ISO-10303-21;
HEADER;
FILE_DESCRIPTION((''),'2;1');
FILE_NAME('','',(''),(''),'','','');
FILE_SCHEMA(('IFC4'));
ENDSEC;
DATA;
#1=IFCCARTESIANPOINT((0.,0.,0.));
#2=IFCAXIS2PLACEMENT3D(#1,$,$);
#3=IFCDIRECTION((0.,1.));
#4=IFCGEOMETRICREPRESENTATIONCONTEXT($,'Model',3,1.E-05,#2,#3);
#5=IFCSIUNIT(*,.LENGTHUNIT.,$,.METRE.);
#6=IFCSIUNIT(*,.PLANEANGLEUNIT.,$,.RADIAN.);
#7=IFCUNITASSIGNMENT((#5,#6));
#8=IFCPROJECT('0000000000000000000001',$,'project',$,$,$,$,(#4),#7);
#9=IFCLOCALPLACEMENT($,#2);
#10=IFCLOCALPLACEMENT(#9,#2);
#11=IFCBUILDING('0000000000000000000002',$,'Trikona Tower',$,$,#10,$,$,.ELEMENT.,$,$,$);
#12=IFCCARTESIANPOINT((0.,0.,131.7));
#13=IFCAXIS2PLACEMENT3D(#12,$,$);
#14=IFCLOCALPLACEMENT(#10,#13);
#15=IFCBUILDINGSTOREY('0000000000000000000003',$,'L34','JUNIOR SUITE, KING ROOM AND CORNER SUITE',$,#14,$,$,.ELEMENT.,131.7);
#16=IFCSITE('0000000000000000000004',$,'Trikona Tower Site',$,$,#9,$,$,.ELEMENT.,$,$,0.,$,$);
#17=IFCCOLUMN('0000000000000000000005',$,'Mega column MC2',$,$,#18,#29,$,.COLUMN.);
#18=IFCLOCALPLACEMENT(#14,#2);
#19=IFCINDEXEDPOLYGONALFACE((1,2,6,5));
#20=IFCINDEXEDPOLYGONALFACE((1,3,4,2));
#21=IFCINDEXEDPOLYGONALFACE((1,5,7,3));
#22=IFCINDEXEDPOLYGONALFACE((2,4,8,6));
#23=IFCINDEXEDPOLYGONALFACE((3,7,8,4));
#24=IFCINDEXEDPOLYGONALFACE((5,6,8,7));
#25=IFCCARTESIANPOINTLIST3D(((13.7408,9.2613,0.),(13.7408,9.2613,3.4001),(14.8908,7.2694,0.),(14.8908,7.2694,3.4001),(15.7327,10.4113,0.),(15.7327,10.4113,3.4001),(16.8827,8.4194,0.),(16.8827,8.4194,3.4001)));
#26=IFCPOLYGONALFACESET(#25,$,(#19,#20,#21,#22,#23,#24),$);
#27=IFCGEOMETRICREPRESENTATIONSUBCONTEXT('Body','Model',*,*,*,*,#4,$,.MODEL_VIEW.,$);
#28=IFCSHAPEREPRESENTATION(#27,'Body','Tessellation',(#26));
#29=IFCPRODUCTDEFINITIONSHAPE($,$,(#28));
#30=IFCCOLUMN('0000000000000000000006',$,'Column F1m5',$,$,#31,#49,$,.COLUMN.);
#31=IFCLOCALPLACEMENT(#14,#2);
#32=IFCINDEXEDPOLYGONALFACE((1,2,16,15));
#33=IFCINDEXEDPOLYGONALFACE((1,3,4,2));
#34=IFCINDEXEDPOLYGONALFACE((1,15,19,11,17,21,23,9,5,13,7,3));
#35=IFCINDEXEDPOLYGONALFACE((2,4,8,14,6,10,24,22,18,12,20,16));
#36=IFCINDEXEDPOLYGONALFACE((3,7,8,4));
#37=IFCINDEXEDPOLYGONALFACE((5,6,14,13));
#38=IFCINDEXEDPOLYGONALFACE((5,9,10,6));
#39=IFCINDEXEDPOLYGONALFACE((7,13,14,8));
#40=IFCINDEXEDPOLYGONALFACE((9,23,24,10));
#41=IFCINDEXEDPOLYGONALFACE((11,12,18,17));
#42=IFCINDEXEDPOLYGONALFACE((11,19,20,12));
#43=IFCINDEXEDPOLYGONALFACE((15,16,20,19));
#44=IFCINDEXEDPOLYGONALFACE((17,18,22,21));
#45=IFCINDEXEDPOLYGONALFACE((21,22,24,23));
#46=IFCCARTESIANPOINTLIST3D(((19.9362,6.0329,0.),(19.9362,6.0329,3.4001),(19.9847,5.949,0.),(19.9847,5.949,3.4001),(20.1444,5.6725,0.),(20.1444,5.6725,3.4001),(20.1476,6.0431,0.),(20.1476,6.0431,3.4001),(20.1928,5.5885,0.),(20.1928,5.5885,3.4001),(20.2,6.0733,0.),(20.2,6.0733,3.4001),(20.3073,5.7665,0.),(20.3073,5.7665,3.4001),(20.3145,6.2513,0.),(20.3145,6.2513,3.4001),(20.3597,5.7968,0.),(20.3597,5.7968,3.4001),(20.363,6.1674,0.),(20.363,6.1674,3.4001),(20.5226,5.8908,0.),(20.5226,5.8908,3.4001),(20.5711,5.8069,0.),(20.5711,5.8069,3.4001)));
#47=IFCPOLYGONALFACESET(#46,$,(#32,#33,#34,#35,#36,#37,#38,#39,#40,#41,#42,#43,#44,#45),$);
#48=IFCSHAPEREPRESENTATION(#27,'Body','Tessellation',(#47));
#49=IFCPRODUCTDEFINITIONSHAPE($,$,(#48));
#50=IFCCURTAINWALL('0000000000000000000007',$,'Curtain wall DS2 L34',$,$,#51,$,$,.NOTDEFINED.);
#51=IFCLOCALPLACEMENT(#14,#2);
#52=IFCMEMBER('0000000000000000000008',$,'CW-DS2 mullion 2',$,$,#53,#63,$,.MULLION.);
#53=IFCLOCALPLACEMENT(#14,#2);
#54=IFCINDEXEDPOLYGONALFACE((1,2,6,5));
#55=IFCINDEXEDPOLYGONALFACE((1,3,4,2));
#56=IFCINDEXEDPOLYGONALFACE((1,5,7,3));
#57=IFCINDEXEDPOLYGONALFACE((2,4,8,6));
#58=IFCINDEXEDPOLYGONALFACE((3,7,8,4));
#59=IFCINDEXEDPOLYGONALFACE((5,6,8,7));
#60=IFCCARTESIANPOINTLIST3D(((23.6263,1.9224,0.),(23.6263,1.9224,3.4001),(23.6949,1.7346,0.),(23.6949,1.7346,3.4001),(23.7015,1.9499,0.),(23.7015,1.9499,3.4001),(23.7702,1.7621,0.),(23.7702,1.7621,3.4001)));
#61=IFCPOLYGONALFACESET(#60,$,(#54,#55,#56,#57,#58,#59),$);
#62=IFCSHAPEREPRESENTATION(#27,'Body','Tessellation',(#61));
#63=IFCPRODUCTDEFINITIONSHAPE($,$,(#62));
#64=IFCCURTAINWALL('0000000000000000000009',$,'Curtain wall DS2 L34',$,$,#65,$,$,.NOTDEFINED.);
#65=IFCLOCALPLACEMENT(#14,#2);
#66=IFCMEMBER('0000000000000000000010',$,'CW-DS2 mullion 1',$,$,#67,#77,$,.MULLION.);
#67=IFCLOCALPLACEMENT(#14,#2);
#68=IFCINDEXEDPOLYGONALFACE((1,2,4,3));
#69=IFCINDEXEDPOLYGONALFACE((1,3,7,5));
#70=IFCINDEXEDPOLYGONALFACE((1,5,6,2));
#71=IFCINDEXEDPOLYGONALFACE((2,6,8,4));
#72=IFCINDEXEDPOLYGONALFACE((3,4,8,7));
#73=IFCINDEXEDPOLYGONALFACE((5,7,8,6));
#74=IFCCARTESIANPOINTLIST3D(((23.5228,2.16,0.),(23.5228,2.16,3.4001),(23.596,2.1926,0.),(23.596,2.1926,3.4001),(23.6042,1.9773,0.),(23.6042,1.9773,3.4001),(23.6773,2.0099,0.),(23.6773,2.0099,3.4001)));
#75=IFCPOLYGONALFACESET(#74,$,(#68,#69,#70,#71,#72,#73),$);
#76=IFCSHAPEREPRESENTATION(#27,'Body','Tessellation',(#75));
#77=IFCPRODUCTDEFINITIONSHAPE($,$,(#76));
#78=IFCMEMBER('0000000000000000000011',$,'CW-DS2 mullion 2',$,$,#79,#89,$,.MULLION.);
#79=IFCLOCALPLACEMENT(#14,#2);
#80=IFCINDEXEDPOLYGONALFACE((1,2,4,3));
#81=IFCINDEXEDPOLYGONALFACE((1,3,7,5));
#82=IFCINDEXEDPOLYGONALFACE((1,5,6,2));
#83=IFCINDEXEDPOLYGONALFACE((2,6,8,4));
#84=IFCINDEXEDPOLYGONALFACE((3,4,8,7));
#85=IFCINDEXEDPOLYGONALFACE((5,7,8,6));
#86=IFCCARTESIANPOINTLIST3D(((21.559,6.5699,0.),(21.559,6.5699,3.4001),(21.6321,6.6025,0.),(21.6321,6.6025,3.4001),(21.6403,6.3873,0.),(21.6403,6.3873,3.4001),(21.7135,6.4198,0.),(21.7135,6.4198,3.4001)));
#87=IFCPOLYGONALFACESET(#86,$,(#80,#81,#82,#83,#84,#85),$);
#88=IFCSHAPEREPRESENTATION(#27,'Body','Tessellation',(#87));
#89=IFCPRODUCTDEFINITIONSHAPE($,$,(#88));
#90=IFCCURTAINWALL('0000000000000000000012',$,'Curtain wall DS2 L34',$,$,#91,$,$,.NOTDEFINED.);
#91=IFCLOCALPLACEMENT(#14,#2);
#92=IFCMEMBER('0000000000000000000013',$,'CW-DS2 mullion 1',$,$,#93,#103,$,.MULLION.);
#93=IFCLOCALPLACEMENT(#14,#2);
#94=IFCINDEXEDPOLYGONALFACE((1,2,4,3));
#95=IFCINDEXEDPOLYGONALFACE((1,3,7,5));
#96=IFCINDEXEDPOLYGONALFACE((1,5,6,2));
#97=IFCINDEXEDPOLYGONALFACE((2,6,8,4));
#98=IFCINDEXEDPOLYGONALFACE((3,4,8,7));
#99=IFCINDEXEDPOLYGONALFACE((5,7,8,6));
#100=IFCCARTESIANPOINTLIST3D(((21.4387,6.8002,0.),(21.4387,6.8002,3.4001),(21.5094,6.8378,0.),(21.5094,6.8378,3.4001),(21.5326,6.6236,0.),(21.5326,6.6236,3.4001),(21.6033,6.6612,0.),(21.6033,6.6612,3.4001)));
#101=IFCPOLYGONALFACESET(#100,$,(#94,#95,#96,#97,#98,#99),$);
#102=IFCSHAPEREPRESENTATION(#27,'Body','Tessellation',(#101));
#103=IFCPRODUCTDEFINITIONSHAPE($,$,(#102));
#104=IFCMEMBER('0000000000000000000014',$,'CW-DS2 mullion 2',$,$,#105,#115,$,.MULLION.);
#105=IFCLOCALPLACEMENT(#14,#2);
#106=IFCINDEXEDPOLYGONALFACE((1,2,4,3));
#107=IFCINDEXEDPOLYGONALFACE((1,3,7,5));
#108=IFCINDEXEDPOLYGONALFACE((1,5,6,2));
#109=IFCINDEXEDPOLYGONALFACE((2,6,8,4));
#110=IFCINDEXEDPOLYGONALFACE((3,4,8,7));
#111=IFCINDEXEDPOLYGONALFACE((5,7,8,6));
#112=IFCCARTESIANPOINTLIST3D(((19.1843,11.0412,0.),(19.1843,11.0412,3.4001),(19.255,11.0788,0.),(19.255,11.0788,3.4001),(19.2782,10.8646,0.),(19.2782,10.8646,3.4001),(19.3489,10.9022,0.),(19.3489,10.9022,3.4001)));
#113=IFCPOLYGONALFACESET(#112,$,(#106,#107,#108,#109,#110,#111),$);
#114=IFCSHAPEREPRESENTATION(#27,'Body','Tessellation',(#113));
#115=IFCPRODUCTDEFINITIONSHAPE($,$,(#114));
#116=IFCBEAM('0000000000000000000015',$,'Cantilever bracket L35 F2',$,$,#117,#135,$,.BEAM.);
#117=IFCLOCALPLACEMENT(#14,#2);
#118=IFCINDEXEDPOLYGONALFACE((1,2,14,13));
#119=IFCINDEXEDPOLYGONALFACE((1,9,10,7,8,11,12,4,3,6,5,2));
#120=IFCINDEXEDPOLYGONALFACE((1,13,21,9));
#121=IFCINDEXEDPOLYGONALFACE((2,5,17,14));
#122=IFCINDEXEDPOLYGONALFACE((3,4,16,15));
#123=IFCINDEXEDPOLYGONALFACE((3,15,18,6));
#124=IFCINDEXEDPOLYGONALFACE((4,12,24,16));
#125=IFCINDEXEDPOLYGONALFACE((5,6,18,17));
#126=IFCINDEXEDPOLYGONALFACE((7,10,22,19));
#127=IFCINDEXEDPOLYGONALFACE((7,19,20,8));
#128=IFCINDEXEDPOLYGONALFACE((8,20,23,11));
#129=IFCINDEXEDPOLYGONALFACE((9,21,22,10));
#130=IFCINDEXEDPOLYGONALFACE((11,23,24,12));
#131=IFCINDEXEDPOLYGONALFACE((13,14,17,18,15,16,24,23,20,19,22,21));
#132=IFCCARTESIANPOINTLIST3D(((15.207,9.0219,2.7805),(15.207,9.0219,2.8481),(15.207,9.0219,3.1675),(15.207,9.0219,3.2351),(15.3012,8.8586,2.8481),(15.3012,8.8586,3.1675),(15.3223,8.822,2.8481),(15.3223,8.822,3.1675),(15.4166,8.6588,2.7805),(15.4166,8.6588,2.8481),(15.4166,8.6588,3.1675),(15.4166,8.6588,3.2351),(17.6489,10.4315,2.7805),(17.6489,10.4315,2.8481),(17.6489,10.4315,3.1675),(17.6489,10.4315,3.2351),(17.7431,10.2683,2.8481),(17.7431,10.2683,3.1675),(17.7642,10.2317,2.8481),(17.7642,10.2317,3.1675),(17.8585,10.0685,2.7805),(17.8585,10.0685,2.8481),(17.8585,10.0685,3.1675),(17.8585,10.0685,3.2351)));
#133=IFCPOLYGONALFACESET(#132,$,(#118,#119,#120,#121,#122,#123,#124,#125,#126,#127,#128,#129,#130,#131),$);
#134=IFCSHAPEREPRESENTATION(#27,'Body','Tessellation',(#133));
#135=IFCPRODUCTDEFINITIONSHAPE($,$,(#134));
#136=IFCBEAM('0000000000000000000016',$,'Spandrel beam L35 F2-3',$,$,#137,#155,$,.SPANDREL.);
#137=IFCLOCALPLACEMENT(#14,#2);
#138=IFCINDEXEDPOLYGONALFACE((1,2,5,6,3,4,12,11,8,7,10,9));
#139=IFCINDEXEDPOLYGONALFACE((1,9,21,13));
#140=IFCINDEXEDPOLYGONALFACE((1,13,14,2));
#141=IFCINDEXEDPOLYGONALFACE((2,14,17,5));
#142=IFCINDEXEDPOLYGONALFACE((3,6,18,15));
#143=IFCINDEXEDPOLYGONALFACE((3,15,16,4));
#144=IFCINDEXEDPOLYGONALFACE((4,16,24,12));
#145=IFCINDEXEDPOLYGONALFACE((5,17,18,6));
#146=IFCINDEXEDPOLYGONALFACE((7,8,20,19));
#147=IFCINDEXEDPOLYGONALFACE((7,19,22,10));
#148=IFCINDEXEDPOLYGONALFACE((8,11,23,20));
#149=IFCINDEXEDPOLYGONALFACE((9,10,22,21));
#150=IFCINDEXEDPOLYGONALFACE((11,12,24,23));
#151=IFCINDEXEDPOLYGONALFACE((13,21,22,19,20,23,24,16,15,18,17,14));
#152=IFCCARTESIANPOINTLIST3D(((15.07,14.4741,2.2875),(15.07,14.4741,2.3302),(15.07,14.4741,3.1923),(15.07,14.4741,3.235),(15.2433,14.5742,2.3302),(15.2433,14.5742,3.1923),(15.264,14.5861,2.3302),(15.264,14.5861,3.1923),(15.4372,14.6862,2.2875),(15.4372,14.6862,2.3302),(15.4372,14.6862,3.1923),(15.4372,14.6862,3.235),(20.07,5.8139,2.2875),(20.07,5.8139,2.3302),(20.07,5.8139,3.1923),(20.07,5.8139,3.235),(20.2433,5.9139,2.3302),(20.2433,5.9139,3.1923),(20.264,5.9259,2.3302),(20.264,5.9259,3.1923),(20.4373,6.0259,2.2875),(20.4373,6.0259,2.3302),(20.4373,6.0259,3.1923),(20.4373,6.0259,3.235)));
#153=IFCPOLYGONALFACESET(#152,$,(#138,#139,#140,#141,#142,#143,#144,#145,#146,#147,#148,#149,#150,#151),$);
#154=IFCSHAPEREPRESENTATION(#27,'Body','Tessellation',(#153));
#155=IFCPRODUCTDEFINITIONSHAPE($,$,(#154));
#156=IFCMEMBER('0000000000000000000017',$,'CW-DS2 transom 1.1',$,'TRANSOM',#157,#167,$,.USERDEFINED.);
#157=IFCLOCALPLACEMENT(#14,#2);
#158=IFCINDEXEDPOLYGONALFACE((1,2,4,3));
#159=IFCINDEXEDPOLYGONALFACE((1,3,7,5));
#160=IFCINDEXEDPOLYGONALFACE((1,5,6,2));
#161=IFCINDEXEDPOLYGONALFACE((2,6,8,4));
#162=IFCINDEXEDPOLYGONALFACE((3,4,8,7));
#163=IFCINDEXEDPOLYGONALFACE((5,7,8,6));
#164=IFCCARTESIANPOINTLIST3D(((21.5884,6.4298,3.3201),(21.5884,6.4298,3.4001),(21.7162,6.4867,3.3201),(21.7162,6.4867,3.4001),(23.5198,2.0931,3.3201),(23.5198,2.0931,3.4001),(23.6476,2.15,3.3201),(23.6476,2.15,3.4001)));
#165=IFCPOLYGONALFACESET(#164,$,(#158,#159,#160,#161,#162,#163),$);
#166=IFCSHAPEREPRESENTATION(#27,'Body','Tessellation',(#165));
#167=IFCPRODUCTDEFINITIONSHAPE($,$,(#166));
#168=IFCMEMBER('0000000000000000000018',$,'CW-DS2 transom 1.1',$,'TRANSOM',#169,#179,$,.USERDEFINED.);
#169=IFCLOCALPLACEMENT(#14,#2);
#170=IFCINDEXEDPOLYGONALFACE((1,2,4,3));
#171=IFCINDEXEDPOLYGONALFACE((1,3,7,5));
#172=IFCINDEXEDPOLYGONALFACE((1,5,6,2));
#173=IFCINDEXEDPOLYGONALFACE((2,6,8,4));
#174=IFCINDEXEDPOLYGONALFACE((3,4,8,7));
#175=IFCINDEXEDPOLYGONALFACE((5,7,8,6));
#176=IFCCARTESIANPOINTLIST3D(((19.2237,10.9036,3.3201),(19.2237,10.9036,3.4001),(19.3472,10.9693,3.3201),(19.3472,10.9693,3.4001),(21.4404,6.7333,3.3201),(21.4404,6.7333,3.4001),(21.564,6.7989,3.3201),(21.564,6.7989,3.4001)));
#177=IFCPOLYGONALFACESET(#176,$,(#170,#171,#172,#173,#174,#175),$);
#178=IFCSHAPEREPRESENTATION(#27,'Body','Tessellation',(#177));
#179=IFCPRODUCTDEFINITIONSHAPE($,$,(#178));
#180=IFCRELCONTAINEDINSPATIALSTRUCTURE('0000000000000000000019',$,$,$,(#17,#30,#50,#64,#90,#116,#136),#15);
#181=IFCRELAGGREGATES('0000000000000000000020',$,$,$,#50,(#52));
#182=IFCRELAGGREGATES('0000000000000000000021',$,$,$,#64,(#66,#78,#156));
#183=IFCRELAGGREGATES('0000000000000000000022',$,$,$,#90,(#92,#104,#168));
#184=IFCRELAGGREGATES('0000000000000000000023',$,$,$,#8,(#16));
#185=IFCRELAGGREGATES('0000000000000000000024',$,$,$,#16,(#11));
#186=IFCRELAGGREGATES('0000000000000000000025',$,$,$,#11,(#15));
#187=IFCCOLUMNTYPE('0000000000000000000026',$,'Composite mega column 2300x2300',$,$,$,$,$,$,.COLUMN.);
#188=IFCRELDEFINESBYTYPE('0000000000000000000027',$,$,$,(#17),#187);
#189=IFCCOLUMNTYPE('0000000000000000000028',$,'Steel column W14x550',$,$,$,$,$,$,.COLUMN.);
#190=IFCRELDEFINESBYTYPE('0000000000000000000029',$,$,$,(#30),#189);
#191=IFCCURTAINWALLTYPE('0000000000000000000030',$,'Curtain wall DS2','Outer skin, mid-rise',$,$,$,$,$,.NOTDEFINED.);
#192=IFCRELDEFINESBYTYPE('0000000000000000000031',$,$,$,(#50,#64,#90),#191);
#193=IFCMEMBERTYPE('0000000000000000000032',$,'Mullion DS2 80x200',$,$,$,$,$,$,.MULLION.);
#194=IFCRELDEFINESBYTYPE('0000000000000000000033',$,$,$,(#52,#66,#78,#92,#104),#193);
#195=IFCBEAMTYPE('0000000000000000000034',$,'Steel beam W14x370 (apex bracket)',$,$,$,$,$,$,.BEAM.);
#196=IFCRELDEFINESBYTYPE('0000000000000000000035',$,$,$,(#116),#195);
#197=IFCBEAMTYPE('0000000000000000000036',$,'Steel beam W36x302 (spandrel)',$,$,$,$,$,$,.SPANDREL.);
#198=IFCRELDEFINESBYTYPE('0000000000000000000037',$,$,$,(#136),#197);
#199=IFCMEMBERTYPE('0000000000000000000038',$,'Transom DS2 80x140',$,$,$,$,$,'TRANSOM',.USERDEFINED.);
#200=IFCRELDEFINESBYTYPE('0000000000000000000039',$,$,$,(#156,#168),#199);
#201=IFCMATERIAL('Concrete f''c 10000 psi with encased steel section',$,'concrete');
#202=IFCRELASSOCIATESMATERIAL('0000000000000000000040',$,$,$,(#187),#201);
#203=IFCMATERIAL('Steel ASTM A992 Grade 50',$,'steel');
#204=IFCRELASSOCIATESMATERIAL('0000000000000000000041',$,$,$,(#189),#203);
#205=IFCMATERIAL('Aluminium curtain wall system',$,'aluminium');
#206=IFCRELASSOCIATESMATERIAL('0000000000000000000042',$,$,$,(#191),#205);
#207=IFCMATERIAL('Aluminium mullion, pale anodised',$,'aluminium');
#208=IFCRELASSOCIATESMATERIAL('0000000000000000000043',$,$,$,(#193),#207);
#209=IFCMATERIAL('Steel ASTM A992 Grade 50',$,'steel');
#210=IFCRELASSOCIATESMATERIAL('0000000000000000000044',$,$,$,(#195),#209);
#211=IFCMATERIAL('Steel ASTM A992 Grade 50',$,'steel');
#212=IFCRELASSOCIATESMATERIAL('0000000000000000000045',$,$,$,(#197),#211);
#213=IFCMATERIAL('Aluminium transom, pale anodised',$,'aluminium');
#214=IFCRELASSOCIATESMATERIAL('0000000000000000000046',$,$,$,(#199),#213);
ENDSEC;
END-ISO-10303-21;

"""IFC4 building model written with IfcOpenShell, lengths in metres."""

from ifc_helpers import new_model, si_unit, direction, frame, origin, origin_2d, place, context, subcontext, project, spatial, rectangle, i_section, extrude, material, material_profile, profile_set, type_object, element, aggregate, save


model = new_model("IFC4")

# Units and contexts
model_context = context("Model", 3, precision=1e-05, world=origin(), true_north=direction((0.0, 1.0)))
body_context = subcontext(model_context, "Body", "Model", "MODEL_VIEW")
ifc_project = project(units=[si_unit("LENGTHUNIT", "METRE"), si_unit("PLANEANGLEUNIT", "RADIAN")], contexts=[model_context])

# Site, building, storey
site_placement = place(None, origin())
site = spatial("IfcSite", under=ifc_project, at=site_placement, Name="Trikona Tower Site", CompositionType="ELEMENT", RefElevation=0.0)
building_placement = place(site_placement, origin())
building = spatial("IfcBuilding", under=site, at=building_placement, Name="Trikona Tower", CompositionType="ELEMENT")
storey_placement = place(building_placement, frame((0.0, 0.0, 131.7)))
storey = spatial("IfcBuildingStorey", under=building, at=storey_placement, Name="L34", Description="JUNIOR SUITE, KING ROOM AND CORNER SUITE", CompositionType="ELEMENT", Elevation=131.7)

# Columns
ifc_material_1 = material(Name="Concrete f'c 10000 psi with encased steel section", Category="concrete")
ifc_material_profile_1 = material_profile(ifc_material_1, rectangle(XDim=2.3, YDim=2.3, at=origin_2d()), Name="MC2300")
ifc_profile_set_1 = profile_set([ifc_material_profile_1], Name="Concrete f'c 10000 psi with encased steel section")
column_type_1 = type_object("IfcColumnType", Name="Composite mega column 2300x2300", PredefinedType="COLUMN", material=ifc_profile_set_1)
column_1_placement = place(storey_placement, frame((15.3118, 8.8403, 0.0), z_axis=(0.0, 0.0, 1.0), x_axis=(0.866025, 0.5, 0.0)))
element("IfcColumn", 1, at=column_1_placement, inside=storey, type_object=column_type_1, Name="Mega column MC2", PredefinedType="COLUMN", context=body_context, shape_type="SweptSolid", body=[
    extrude(rectangle(XDim=2.3, YDim=2.3, at=origin_2d()), origin(), (0.0, 0.0, 1.0), 3.4001),
])
ifc_material_2 = material(Name="Steel ASTM A992 Grade 50", Category="steel")
ifc_material_profile_2 = material_profile(ifc_material_2, i_section(OverallWidth=0.4368, OverallDepth=0.5132, WebThickness=0.0605, FlangeThickness=0.0969, at=origin_2d()), Name="W14X550")
ifc_profile_set_2 = profile_set([ifc_material_profile_2], Name="Steel ASTM A992 Grade 50")
column_type_2 = type_object("IfcColumnType", Name="Steel column W14x550", PredefinedType="COLUMN", material=ifc_profile_set_2)
column_2_placement = place(storey_placement, frame((20.2537, 5.9199, 0.0), z_axis=(0.0, 0.0, 1.0), x_axis=(0.866025, 0.5, 0.0)))
element("IfcColumn", 2, at=column_2_placement, inside=storey, type_object=column_type_2, Name="Column F1m5", PredefinedType="COLUMN", context=body_context, shape_type="SweptSolid", body=[
    extrude(i_section(OverallWidth=0.4368, OverallDepth=0.5132, WebThickness=0.0605, FlangeThickness=0.0969, at=origin_2d()), origin(), (0.0, 0.0, 1.0), 3.4001),
])

# Curtain wall, member
ifc_material_3 = material(Name="Aluminium curtain wall system", Category="aluminium")
curtain_wall_type = type_object("IfcCurtainWallType", Name="Curtain wall DS2", Description="Outer skin, mid-rise", PredefinedType="NOTDEFINED", material=ifc_material_3)
curtain_wall_1_placement = place(storey_placement, origin())
curtain_wall_1 = element("IfcCurtainWall", 3, at=curtain_wall_1_placement, inside=storey, type_object=curtain_wall_type, Name="Curtain wall DS2 L34", PredefinedType="NOTDEFINED")
ifc_material_4 = material(Name="Aluminium mullion, pale anodised", Category="aluminium")
ifc_material_profile_3 = material_profile(ifc_material_4, rectangle(XDim=0.0801, YDim=0.2, at=origin_2d()), Name="MUL-DS2")
ifc_profile_set_3 = profile_set([ifc_material_profile_3], Name="Aluminium mullion, pale anodised")
member_type_1 = type_object("IfcMemberType", Name="Mullion DS2 80x200", PredefinedType="MULLION", material=ifc_profile_set_3)
member_1_placement = place(storey_placement, frame((23.6982, 1.8423, 0.0), z_axis=(0.0, 0.0, 1.0), x_axis=(-0.939254, -0.343223, 0.0)))
member_1 = element("IfcMember", 4, at=member_1_placement, type_object=member_type_1, Name="CW-DS2 mullion 2", PredefinedType="MULLION", context=body_context, shape_type="SweptSolid", body=[
    extrude(rectangle(XDim=0.0801, YDim=0.2, at=origin_2d()), origin(), (0.0, 0.0, 1.0), 3.4001),
])
aggregate(curtain_wall_1, [member_1])

# Curtain walls, members
curtain_wall_2_placement = place(storey_placement, origin())
curtain_wall_2 = element("IfcCurtainWall", 5, at=curtain_wall_2_placement, inside=storey, type_object=curtain_wall_type, Name="Curtain wall DS2 L34", PredefinedType="NOTDEFINED")
member_2_placement = place(storey_placement, frame((23.6001, 2.085, 0.0), z_axis=(0.0, 0.0, 1.0), x_axis=(-0.913501, -0.406836, 0.0)))
member_2 = element("IfcMember", 6, at=member_2_placement, type_object=member_type_1, Name="CW-DS2 mullion 1", PredefinedType="MULLION", context=body_context, shape_type="SweptSolid", body=[
    extrude(rectangle(XDim=0.0801, YDim=0.2, at=origin_2d()), origin(), (0.0, 0.0, 1.0), 3.4001),
])
member_3_placement = place(storey_placement, frame((21.6362, 6.4949, 0.0), z_axis=(0.0, 0.0, 1.0), x_axis=(-0.913501, -0.406836, 0.0)))
member_3 = element("IfcMember", 7, at=member_3_placement, type_object=member_type_1, Name="CW-DS2 mullion 2", PredefinedType="MULLION", context=body_context, shape_type="SweptSolid", body=[
    extrude(rectangle(XDim=0.0801, YDim=0.2, at=origin_2d()), origin(), (0.0, 0.0, 1.0), 3.4001),
])
curtain_wall_3_placement = place(storey_placement, origin())
curtain_wall_3 = element("IfcCurtainWall", 8, at=curtain_wall_3_placement, inside=storey, type_object=curtain_wall_type, Name="Curtain wall DS2 L34", PredefinedType="NOTDEFINED")
member_4_placement = place(storey_placement, frame((21.521, 6.7307, 0.0), z_axis=(0.0, 0.0, 1.0), x_axis=(-0.882996, -0.46938, 0.0)))
member_4 = element("IfcMember", 9, at=member_4_placement, type_object=member_type_1, Name="CW-DS2 mullion 1", PredefinedType="MULLION", context=body_context, shape_type="SweptSolid", body=[
    extrude(rectangle(XDim=0.0801, YDim=0.2, at=origin_2d()), origin(), (0.0, 0.0, 1.0), 3.4001),
])
member_5_placement = place(storey_placement, frame((19.2666, 10.9717, 0.0), z_axis=(0.0, 0.0, 1.0), x_axis=(-0.882996, -0.46938, 0.0)))
member_5 = element("IfcMember", 10, at=member_5_placement, type_object=member_type_1, Name="CW-DS2 mullion 2", PredefinedType="MULLION", context=body_context, shape_type="SweptSolid", body=[
    extrude(rectangle(XDim=0.0801, YDim=0.2, at=origin_2d()), origin(), (0.0, 0.0, 1.0), 3.4001),
])

# Beams
ifc_material_5 = material(Name="Steel ASTM A992 Grade 50", Category="steel")
ifc_material_profile_4 = material_profile(ifc_material_5, i_section(OverallWidth=0.4192, OverallDepth=0.4546, WebThickness=0.0422, FlangeThickness=0.0676, at=origin_2d()), Name="W14X370")
ifc_profile_set_4 = profile_set([ifc_material_profile_4], Name="Steel ASTM A992 Grade 50")
beam_type_1 = type_object("IfcBeamType", Name="Steel beam W14x370 (apex bracket)", PredefinedType="BEAM", material=ifc_profile_set_4)
beam_1_placement = place(storey_placement, frame((15.3118, 8.8403, 3.0078), z_axis=(0.86605, 0.499957, 0.0), x_axis=(-0.499957, 0.86605, 0.0)))
element("IfcBeam", 11, at=beam_1_placement, inside=storey, type_object=beam_type_1, Name="Cantilever bracket L35 F2", PredefinedType="BEAM", context=body_context, shape_type="SweptSolid", body=[
    extrude(i_section(OverallWidth=0.4192, OverallDepth=0.4546, WebThickness=0.0422, FlangeThickness=0.0676, at=origin_2d()), origin(), (0.0, 0.0, 1.0), 2.8196),
])
ifc_material_6 = material(Name="Steel ASTM A992 Grade 50", Category="steel")
ifc_material_profile_5 = material_profile(ifc_material_6, i_section(OverallWidth=0.4241, OverallDepth=0.9475, WebThickness=0.0239, FlangeThickness=0.0427, at=origin_2d()), Name="W36X302")
ifc_profile_set_5 = profile_set([ifc_material_profile_5], Name="Steel ASTM A992 Grade 50")
beam_type_2 = type_object("IfcBeamType", Name="Steel beam W36x302 (spandrel)", PredefinedType="SPANDREL", material=ifc_profile_set_5)
beam_2_placement = place(storey_placement, frame((20.2537, 5.9199, 2.7612), z_axis=(-0.500004, 0.866023, 0.0), x_axis=(-0.866023, -0.500004, 0.0)))
element("IfcBeam", 12, at=beam_2_placement, inside=storey, type_object=beam_type_2, Name="Spandrel beam L35 F2-3", PredefinedType="SPANDREL", context=body_context, shape_type="SweptSolid", body=[
    extrude(i_section(OverallWidth=0.4241, OverallDepth=0.9475, WebThickness=0.0239, FlangeThickness=0.0427, at=origin_2d()), origin(), (0.0, 0.0, 1.0), 10.0),
])

# Members
ifc_material_7 = material(Name="Aluminium transom, pale anodised", Category="aluminium")
ifc_material_profile_6 = material_profile(ifc_material_7, rectangle(XDim=0.1399, YDim=0.0801, at=origin_2d()), Name="TRN-DS2")
ifc_profile_set_6 = profile_set([ifc_material_profile_6], Name="Aluminium transom, pale anodised")
member_type_2 = type_object("IfcMemberType", Name="Transom DS2 80x140", ElementType="TRANSOM", PredefinedType="USERDEFINED", material=ifc_profile_set_6)
member_6_placement = place(storey_placement, frame((23.5837, 2.1216, 3.3601), z_axis=(-0.40684, 0.9135, 0.0), x_axis=(-0.9135, -0.40684, 0.0)))
member_6 = element("IfcMember", 13, at=member_6_placement, type_object=member_type_2, Name="CW-DS2 transom 1.1", ObjectType="TRANSOM", PredefinedType="USERDEFINED", context=body_context, shape_type="SweptSolid", body=[
    extrude(rectangle(XDim=0.1399, YDim=0.0801, at=origin_2d()), origin(), (0.0, 0.0, 1.0), 4.7473),
])
member_7_placement = place(storey_placement, frame((21.5022, 6.7661, 3.3601), z_axis=(-0.469364, 0.883005, 0.0), x_axis=(-0.883005, -0.469364, 0.0)))
member_7 = element("IfcMember", 14, at=member_7_placement, type_object=member_type_2, Name="CW-DS2 transom 1.1", ObjectType="TRANSOM", PredefinedType="USERDEFINED", context=body_context, shape_type="SweptSolid", body=[
    extrude(rectangle(XDim=0.1399, YDim=0.0801, at=origin_2d()), origin(), (0.0, 0.0, 1.0), 4.7229),
])

aggregate(curtain_wall_2, [member_2, member_3, member_6])
aggregate(curtain_wall_3, [member_4, member_5, member_7])

save(model, "model.ifc")
